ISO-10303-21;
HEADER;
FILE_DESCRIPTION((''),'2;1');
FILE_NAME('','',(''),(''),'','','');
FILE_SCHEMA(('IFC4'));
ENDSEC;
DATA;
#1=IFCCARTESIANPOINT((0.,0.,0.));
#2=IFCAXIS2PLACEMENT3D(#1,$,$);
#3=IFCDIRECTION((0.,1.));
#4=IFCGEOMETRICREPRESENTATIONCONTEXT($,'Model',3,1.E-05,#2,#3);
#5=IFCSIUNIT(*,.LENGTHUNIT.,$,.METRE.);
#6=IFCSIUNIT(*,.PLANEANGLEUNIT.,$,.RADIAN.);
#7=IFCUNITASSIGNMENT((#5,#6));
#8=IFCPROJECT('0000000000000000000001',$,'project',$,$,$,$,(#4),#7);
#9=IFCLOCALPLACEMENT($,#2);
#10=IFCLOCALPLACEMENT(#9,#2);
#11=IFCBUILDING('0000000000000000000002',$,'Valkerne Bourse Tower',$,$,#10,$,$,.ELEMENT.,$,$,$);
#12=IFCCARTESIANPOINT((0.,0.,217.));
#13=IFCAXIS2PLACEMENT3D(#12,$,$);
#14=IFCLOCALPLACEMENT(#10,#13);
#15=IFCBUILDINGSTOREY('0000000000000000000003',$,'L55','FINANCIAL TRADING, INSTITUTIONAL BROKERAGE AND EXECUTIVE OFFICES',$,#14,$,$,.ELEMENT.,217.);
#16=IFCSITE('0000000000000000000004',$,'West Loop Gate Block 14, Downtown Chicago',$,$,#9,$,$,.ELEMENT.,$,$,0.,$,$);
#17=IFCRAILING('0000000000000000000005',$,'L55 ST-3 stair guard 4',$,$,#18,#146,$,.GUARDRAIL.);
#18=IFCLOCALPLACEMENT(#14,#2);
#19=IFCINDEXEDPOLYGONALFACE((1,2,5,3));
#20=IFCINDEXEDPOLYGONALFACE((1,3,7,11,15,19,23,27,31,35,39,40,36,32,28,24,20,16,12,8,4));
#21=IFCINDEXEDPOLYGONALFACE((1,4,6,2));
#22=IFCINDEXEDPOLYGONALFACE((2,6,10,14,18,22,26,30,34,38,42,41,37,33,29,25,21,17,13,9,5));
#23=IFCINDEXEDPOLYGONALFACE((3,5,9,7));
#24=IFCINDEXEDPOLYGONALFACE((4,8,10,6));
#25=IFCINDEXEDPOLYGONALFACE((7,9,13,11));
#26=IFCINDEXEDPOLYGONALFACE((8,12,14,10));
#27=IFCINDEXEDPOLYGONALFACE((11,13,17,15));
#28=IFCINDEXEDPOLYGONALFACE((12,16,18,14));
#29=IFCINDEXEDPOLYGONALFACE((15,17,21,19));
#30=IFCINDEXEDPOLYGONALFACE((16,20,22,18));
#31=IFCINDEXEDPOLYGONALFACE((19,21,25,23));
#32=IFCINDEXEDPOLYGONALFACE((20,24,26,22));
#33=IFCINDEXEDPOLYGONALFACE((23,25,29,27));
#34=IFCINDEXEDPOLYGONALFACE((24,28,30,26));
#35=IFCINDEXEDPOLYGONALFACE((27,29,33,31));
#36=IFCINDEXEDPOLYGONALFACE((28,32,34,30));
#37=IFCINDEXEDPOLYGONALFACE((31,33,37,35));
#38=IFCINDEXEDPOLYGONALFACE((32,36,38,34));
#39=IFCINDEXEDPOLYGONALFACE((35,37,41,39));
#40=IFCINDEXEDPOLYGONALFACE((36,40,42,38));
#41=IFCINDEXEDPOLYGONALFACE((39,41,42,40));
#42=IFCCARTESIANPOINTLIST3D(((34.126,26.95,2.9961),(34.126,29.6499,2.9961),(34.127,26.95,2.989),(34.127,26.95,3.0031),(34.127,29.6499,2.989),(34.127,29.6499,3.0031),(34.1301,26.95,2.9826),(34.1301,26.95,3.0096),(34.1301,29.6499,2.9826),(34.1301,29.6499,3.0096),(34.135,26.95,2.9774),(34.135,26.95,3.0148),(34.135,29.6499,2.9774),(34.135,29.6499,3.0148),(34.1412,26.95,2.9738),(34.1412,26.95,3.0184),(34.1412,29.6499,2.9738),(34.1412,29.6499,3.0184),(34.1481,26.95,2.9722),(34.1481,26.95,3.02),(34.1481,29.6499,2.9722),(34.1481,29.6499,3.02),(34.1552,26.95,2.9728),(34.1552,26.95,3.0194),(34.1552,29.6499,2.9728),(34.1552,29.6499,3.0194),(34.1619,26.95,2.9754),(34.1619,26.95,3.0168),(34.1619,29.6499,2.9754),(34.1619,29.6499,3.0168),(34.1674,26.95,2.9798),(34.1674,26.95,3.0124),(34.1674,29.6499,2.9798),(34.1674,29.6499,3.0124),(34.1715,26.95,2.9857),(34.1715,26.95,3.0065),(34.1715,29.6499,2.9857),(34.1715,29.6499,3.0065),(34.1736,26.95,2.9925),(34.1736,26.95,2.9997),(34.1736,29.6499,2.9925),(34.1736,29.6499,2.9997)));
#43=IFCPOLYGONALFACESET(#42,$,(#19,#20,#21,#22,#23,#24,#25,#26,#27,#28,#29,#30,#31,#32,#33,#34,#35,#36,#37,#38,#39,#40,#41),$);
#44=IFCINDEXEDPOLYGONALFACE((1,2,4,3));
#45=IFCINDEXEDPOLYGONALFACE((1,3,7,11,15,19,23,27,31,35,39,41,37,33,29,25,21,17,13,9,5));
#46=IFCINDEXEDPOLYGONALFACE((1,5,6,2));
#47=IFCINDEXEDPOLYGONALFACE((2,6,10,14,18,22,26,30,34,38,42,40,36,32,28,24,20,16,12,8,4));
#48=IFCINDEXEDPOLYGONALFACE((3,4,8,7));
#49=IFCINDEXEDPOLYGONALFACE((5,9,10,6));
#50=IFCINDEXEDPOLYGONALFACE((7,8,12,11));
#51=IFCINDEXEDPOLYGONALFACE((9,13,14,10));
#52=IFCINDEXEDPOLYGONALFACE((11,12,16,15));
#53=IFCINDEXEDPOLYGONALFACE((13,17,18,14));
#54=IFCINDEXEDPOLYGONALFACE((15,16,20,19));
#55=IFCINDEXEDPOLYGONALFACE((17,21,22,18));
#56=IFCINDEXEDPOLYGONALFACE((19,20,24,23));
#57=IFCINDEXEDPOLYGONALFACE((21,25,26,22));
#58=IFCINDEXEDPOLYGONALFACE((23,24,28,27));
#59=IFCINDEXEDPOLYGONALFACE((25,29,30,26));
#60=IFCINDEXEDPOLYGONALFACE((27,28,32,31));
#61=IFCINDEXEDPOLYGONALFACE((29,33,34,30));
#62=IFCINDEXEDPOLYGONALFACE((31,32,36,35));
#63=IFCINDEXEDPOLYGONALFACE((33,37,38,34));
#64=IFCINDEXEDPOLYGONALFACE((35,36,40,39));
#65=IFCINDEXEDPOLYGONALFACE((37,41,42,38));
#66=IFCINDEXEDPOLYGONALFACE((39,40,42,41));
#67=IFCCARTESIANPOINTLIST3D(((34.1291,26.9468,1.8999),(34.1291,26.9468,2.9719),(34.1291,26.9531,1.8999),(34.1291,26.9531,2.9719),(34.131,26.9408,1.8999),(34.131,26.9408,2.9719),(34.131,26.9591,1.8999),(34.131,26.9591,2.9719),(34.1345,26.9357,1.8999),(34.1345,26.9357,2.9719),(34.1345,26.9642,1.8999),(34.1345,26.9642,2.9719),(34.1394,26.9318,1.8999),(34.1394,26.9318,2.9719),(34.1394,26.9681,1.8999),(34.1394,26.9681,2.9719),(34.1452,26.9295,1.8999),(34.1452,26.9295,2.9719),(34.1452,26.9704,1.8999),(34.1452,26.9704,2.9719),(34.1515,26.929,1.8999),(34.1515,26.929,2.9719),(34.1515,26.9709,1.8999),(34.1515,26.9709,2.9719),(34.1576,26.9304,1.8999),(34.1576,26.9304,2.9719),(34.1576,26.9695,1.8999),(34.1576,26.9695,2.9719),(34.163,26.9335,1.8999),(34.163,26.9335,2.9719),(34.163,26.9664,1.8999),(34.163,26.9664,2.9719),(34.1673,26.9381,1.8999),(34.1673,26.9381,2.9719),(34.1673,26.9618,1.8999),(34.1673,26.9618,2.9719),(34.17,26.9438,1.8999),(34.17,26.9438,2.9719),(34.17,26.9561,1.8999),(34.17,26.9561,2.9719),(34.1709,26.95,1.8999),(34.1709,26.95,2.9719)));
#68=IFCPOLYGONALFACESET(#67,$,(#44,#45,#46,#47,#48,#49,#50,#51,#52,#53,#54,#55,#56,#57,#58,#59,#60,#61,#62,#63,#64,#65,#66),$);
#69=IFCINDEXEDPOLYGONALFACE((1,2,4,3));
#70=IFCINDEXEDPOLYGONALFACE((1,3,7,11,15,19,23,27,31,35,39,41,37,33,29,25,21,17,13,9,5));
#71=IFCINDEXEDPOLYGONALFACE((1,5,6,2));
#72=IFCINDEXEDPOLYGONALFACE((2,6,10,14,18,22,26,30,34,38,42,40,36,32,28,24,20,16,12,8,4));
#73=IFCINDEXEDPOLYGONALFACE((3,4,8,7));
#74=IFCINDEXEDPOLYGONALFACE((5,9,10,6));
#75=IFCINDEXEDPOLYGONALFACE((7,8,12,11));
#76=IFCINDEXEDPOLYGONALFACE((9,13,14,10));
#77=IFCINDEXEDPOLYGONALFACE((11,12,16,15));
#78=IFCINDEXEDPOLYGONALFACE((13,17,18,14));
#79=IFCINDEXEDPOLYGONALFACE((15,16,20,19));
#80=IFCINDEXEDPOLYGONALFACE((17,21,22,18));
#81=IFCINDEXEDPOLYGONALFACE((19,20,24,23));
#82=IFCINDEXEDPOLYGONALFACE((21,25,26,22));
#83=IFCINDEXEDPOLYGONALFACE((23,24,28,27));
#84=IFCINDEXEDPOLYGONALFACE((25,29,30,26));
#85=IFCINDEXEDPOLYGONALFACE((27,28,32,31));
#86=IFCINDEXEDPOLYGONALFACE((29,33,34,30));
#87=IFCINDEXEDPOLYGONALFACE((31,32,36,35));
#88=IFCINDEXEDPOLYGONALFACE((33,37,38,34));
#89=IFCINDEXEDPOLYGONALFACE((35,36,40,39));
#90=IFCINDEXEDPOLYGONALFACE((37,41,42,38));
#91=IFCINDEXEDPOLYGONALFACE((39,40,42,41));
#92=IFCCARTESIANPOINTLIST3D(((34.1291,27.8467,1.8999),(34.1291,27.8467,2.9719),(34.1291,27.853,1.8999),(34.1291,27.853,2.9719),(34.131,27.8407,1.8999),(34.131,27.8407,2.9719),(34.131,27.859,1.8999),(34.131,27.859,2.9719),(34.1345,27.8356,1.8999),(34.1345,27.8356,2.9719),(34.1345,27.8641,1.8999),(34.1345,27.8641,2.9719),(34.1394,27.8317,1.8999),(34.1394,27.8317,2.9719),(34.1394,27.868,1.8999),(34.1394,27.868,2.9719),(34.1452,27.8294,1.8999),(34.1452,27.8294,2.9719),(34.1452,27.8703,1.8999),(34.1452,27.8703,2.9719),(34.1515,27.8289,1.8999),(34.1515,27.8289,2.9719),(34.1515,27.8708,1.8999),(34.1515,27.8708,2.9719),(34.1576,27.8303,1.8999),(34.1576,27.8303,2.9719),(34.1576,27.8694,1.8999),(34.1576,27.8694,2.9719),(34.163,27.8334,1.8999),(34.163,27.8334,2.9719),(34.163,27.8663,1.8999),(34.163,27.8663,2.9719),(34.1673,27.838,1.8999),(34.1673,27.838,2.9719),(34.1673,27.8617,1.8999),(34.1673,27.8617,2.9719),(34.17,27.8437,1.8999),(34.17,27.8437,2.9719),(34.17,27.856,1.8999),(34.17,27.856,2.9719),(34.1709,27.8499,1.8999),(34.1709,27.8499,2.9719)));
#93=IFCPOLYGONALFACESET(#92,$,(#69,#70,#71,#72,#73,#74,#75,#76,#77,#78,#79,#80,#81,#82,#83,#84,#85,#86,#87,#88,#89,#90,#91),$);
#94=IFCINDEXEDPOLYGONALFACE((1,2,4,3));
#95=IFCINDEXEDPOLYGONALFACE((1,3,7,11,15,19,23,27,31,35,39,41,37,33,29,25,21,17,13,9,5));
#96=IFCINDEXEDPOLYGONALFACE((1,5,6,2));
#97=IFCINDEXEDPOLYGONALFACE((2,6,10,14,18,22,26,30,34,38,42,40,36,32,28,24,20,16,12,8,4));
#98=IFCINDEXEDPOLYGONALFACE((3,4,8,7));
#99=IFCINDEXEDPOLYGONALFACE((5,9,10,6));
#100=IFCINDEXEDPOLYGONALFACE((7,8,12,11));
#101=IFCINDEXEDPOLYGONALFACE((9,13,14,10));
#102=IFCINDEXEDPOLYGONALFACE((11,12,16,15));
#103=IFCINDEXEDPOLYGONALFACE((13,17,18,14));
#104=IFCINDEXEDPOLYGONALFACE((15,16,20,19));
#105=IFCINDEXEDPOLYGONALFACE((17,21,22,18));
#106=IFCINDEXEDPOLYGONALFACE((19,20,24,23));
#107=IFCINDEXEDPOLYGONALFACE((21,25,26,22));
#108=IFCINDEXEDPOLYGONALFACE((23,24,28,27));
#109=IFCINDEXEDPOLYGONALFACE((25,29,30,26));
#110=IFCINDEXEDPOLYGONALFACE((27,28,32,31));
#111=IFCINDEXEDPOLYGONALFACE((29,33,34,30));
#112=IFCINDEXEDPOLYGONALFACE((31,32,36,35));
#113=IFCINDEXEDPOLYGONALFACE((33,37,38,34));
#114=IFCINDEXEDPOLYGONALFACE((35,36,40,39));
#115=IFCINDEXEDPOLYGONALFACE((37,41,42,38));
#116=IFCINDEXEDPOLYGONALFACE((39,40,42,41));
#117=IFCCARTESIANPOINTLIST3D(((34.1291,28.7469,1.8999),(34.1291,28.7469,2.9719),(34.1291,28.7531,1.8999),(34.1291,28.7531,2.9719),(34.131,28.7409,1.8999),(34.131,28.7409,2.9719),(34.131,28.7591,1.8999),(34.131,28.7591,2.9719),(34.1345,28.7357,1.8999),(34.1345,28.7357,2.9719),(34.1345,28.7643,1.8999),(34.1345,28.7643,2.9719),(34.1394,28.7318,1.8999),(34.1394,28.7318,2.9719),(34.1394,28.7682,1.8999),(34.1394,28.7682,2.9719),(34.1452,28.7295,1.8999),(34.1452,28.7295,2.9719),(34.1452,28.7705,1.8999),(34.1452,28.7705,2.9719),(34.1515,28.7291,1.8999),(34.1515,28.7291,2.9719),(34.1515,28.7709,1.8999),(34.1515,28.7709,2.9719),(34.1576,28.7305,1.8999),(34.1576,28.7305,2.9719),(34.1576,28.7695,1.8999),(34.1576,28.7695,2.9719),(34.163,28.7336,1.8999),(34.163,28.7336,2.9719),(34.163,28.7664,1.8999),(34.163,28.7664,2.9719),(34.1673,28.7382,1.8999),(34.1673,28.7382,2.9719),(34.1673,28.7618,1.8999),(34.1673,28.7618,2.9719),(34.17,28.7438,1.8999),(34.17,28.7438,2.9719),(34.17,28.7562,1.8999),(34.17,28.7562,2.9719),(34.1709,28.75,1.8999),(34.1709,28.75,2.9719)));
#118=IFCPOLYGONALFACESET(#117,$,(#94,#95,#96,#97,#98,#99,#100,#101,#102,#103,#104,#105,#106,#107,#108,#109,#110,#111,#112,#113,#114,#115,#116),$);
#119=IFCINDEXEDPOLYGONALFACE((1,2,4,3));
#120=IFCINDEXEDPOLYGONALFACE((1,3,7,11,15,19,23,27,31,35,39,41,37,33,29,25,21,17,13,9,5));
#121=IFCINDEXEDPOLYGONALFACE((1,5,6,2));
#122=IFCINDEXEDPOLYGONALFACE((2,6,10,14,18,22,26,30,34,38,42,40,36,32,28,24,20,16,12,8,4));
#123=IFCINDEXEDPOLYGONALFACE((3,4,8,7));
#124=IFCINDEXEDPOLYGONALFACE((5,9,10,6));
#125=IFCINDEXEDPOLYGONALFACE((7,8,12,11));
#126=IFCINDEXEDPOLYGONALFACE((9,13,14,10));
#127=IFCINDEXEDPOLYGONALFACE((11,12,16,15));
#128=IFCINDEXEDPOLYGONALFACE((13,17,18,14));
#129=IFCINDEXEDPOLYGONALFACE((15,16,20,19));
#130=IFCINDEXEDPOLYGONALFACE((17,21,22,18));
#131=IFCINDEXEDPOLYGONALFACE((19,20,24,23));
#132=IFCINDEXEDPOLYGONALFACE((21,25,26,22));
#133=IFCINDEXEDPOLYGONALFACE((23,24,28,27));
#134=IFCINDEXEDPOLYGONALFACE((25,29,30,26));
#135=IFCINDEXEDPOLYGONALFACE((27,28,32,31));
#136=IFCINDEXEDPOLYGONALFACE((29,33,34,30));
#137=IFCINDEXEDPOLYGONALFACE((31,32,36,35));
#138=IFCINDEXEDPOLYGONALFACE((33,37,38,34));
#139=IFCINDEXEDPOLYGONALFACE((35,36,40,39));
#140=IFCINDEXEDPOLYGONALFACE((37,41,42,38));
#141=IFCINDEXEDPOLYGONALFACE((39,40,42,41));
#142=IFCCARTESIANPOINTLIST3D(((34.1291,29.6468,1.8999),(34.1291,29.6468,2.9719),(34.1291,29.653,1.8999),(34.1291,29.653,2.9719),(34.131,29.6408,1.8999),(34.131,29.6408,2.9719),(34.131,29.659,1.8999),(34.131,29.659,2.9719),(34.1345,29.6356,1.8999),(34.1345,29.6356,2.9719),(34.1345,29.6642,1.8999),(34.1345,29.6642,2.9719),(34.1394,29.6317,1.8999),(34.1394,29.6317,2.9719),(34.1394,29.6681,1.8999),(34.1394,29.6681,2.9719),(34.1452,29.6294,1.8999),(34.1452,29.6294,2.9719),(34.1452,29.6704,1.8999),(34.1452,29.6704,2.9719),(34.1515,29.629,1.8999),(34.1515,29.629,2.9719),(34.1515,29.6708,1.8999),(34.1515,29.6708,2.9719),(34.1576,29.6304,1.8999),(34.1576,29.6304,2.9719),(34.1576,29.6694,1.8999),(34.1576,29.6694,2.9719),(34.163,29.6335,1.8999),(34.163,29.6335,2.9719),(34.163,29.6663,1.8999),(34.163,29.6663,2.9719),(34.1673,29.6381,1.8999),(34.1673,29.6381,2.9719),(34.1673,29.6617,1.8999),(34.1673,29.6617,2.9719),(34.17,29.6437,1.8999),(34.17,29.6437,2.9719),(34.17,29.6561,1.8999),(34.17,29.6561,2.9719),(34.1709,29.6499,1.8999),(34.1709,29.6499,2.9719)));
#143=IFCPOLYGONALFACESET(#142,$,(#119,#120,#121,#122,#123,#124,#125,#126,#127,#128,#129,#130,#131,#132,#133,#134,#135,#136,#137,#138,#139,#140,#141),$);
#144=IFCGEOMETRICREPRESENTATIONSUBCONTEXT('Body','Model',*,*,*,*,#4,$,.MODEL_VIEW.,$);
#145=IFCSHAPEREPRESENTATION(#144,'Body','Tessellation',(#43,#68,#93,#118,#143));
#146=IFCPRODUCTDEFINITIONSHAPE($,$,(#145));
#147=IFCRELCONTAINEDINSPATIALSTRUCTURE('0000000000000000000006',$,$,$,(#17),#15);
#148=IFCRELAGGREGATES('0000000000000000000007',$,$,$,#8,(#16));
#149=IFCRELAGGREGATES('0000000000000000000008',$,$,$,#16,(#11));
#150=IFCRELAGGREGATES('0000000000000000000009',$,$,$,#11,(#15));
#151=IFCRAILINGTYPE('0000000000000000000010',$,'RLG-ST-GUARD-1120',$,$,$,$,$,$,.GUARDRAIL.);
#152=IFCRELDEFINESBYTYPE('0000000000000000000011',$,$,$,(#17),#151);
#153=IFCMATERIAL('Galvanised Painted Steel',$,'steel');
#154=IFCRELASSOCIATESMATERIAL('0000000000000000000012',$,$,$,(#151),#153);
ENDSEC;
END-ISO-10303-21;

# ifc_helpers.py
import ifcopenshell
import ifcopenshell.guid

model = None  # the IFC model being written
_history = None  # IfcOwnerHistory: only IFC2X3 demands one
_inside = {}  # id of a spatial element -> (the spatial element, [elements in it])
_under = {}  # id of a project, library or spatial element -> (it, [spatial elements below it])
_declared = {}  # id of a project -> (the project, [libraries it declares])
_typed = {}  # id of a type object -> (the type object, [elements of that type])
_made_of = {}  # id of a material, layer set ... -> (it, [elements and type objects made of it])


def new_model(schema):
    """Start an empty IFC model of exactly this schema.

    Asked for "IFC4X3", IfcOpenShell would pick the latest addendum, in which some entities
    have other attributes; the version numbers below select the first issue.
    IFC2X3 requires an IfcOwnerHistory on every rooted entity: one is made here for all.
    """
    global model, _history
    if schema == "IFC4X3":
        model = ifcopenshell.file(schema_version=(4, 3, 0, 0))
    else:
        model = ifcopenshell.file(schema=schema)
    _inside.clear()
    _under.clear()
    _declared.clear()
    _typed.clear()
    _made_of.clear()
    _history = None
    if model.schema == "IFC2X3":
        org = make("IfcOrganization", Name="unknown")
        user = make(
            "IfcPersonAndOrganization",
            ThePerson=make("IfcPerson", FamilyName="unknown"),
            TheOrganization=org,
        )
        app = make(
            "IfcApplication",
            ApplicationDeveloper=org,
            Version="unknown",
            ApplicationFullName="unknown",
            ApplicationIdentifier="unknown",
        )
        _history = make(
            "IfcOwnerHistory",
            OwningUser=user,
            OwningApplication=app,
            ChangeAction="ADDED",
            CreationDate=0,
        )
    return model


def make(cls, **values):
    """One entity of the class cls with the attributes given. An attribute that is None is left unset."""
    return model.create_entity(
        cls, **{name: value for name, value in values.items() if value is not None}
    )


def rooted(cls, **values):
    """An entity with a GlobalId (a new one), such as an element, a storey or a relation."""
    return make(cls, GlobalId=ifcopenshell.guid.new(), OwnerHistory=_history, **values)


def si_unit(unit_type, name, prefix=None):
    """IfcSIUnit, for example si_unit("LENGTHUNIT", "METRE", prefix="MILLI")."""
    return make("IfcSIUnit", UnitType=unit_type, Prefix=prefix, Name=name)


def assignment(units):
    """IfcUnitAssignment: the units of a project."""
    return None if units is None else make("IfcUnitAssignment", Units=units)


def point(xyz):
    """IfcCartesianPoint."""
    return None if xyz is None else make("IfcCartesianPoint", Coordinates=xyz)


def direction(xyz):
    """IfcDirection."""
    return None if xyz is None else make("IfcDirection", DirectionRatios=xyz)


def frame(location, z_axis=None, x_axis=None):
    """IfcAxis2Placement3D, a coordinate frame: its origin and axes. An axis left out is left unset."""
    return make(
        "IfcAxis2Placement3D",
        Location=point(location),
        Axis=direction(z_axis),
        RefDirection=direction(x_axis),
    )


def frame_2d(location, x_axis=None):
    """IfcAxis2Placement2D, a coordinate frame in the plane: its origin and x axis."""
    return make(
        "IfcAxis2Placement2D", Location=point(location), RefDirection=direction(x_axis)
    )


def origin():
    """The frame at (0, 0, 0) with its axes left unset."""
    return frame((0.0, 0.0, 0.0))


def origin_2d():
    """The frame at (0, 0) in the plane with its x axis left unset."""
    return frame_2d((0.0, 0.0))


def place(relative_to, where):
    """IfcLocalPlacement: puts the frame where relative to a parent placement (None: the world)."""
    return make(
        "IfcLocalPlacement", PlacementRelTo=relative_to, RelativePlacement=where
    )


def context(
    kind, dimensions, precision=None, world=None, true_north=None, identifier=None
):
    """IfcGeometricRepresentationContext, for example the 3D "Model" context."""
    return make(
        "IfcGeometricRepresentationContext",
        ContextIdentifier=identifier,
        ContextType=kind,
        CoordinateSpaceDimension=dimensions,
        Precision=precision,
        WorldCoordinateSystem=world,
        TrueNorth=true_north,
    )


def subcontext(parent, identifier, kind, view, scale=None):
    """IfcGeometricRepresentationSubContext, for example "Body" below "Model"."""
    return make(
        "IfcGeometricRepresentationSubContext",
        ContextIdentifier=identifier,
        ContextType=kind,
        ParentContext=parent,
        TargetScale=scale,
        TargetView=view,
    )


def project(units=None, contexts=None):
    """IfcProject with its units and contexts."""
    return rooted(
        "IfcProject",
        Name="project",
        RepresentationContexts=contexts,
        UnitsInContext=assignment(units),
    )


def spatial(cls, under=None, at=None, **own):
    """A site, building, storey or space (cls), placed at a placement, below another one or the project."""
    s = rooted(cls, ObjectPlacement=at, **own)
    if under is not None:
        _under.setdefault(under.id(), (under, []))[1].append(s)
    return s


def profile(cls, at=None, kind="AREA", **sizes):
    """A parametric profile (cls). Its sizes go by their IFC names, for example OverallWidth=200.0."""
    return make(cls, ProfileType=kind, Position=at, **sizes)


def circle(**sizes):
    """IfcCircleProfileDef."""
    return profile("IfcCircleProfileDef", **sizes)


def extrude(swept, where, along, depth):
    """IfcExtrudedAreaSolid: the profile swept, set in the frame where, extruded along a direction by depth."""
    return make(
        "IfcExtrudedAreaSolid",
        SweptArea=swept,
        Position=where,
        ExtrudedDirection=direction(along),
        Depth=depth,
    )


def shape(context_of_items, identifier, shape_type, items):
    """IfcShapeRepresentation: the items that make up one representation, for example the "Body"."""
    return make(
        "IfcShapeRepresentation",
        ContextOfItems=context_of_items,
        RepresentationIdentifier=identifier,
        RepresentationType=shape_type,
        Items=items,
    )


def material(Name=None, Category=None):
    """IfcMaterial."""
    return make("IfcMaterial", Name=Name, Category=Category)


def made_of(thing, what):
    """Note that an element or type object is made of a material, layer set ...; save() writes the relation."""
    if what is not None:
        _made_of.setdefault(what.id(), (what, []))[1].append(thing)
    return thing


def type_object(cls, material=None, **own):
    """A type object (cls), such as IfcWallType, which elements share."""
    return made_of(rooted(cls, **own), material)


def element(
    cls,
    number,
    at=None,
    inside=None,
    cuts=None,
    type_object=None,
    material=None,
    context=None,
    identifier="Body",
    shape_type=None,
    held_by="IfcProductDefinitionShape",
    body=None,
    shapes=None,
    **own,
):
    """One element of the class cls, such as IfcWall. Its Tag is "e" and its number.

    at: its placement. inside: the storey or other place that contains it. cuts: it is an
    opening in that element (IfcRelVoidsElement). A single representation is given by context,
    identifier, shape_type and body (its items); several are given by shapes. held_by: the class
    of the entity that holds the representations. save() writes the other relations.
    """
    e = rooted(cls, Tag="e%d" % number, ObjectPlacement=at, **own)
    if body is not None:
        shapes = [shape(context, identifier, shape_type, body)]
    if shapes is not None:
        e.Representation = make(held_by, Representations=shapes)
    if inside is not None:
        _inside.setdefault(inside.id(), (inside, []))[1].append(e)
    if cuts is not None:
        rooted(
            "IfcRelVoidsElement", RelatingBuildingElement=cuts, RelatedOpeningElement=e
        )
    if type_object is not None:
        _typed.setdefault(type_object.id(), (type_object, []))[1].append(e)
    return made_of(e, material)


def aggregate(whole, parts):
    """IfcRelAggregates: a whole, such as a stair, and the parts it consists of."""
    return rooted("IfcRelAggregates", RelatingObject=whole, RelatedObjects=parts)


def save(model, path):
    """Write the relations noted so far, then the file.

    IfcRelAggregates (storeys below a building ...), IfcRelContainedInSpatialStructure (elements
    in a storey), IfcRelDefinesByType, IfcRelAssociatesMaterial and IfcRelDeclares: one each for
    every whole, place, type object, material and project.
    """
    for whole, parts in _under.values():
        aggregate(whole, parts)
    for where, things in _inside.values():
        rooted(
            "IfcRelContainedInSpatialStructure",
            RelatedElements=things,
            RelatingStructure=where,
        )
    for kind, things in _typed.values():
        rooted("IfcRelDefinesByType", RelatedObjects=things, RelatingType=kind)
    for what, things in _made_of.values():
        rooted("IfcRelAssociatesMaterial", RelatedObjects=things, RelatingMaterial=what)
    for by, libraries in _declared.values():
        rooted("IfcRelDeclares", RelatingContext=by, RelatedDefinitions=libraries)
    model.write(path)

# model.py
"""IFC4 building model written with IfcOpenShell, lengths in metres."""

from ifc_helpers import new_model, si_unit, direction, frame, origin, origin_2d, place, context, subcontext, project, spatial, circle, extrude, material, type_object, element, save


model = new_model("IFC4")

# Units and contexts
model_context = context("Model", 3, precision=1e-05, world=origin(), true_north=direction((0.0, 1.0)))
body_context = subcontext(model_context, "Body", "Model", "MODEL_VIEW")
ifc_project = project(units=[si_unit("LENGTHUNIT", "METRE"), si_unit("PLANEANGLEUNIT", "RADIAN")], contexts=[model_context])

# Site, building, storey
site_placement = place(None, origin())
site = spatial("IfcSite", under=ifc_project, at=site_placement, Name="West Loop Gate Block 14, Downtown Chicago", CompositionType="ELEMENT", RefElevation=0.0)
building_placement = place(site_placement, origin())
building = spatial("IfcBuilding", under=site, at=building_placement, Name="Valkerne Bourse Tower", CompositionType="ELEMENT")
storey_placement = place(building_placement, frame((0.0, 0.0, 217.0)))
storey = spatial("IfcBuildingStorey", under=building, at=storey_placement, Name="L55", Description="FINANCIAL TRADING, INSTITUTIONAL BROKERAGE AND EXECUTIVE OFFICES", CompositionType="ELEMENT", Elevation=217.0)

# Shared definitions
ifc_material_1 = material(Name="Galvanised Painted Steel", Category="steel")

# Railing
railing_type_1 = type_object("IfcRailingType", Name="RLG-ST-GUARD-1120", PredefinedType="GUARDRAIL", material=ifc_material_1)
railing_1_placement = place(storey_placement, frame((34.1499, 26.95, 1.8999)))
element("IfcRailing", 1, at=railing_1_placement, inside=storey, type_object=railing_type_1, Name="L55 ST-3 stair guard 4", PredefinedType="GUARDRAIL", context=body_context, shape_type="SweptSolid", body=[
    extrude(circle(Radius=0.0239, at=origin_2d()), frame((0.0, 0.0, 1.0962), z_axis=(0.0, 1.0, 0.0), x_axis=(-1.0, 0.0, 0.0)), (0.0, 0.0, 1.0), 2.7),
    extrude(circle(Radius=0.021, at=origin_2d()), origin(), (0.0, 0.0, 1.0), 1.072),
    extrude(circle(Radius=0.021, at=origin_2d()), frame((0.0, 0.8999, 0.0)), (0.0, 0.0, 1.0), 1.072),
    extrude(circle(Radius=0.021, at=origin_2d()), frame((0.0, 1.8, 0.0)), (0.0, 0.0, 1.0), 1.072),
    extrude(circle(Radius=0.021, at=origin_2d()), frame((0.0, 2.7, 0.0)), (0.0, 0.0, 1.0), 1.072),
])

save(model, "model.ifc")
